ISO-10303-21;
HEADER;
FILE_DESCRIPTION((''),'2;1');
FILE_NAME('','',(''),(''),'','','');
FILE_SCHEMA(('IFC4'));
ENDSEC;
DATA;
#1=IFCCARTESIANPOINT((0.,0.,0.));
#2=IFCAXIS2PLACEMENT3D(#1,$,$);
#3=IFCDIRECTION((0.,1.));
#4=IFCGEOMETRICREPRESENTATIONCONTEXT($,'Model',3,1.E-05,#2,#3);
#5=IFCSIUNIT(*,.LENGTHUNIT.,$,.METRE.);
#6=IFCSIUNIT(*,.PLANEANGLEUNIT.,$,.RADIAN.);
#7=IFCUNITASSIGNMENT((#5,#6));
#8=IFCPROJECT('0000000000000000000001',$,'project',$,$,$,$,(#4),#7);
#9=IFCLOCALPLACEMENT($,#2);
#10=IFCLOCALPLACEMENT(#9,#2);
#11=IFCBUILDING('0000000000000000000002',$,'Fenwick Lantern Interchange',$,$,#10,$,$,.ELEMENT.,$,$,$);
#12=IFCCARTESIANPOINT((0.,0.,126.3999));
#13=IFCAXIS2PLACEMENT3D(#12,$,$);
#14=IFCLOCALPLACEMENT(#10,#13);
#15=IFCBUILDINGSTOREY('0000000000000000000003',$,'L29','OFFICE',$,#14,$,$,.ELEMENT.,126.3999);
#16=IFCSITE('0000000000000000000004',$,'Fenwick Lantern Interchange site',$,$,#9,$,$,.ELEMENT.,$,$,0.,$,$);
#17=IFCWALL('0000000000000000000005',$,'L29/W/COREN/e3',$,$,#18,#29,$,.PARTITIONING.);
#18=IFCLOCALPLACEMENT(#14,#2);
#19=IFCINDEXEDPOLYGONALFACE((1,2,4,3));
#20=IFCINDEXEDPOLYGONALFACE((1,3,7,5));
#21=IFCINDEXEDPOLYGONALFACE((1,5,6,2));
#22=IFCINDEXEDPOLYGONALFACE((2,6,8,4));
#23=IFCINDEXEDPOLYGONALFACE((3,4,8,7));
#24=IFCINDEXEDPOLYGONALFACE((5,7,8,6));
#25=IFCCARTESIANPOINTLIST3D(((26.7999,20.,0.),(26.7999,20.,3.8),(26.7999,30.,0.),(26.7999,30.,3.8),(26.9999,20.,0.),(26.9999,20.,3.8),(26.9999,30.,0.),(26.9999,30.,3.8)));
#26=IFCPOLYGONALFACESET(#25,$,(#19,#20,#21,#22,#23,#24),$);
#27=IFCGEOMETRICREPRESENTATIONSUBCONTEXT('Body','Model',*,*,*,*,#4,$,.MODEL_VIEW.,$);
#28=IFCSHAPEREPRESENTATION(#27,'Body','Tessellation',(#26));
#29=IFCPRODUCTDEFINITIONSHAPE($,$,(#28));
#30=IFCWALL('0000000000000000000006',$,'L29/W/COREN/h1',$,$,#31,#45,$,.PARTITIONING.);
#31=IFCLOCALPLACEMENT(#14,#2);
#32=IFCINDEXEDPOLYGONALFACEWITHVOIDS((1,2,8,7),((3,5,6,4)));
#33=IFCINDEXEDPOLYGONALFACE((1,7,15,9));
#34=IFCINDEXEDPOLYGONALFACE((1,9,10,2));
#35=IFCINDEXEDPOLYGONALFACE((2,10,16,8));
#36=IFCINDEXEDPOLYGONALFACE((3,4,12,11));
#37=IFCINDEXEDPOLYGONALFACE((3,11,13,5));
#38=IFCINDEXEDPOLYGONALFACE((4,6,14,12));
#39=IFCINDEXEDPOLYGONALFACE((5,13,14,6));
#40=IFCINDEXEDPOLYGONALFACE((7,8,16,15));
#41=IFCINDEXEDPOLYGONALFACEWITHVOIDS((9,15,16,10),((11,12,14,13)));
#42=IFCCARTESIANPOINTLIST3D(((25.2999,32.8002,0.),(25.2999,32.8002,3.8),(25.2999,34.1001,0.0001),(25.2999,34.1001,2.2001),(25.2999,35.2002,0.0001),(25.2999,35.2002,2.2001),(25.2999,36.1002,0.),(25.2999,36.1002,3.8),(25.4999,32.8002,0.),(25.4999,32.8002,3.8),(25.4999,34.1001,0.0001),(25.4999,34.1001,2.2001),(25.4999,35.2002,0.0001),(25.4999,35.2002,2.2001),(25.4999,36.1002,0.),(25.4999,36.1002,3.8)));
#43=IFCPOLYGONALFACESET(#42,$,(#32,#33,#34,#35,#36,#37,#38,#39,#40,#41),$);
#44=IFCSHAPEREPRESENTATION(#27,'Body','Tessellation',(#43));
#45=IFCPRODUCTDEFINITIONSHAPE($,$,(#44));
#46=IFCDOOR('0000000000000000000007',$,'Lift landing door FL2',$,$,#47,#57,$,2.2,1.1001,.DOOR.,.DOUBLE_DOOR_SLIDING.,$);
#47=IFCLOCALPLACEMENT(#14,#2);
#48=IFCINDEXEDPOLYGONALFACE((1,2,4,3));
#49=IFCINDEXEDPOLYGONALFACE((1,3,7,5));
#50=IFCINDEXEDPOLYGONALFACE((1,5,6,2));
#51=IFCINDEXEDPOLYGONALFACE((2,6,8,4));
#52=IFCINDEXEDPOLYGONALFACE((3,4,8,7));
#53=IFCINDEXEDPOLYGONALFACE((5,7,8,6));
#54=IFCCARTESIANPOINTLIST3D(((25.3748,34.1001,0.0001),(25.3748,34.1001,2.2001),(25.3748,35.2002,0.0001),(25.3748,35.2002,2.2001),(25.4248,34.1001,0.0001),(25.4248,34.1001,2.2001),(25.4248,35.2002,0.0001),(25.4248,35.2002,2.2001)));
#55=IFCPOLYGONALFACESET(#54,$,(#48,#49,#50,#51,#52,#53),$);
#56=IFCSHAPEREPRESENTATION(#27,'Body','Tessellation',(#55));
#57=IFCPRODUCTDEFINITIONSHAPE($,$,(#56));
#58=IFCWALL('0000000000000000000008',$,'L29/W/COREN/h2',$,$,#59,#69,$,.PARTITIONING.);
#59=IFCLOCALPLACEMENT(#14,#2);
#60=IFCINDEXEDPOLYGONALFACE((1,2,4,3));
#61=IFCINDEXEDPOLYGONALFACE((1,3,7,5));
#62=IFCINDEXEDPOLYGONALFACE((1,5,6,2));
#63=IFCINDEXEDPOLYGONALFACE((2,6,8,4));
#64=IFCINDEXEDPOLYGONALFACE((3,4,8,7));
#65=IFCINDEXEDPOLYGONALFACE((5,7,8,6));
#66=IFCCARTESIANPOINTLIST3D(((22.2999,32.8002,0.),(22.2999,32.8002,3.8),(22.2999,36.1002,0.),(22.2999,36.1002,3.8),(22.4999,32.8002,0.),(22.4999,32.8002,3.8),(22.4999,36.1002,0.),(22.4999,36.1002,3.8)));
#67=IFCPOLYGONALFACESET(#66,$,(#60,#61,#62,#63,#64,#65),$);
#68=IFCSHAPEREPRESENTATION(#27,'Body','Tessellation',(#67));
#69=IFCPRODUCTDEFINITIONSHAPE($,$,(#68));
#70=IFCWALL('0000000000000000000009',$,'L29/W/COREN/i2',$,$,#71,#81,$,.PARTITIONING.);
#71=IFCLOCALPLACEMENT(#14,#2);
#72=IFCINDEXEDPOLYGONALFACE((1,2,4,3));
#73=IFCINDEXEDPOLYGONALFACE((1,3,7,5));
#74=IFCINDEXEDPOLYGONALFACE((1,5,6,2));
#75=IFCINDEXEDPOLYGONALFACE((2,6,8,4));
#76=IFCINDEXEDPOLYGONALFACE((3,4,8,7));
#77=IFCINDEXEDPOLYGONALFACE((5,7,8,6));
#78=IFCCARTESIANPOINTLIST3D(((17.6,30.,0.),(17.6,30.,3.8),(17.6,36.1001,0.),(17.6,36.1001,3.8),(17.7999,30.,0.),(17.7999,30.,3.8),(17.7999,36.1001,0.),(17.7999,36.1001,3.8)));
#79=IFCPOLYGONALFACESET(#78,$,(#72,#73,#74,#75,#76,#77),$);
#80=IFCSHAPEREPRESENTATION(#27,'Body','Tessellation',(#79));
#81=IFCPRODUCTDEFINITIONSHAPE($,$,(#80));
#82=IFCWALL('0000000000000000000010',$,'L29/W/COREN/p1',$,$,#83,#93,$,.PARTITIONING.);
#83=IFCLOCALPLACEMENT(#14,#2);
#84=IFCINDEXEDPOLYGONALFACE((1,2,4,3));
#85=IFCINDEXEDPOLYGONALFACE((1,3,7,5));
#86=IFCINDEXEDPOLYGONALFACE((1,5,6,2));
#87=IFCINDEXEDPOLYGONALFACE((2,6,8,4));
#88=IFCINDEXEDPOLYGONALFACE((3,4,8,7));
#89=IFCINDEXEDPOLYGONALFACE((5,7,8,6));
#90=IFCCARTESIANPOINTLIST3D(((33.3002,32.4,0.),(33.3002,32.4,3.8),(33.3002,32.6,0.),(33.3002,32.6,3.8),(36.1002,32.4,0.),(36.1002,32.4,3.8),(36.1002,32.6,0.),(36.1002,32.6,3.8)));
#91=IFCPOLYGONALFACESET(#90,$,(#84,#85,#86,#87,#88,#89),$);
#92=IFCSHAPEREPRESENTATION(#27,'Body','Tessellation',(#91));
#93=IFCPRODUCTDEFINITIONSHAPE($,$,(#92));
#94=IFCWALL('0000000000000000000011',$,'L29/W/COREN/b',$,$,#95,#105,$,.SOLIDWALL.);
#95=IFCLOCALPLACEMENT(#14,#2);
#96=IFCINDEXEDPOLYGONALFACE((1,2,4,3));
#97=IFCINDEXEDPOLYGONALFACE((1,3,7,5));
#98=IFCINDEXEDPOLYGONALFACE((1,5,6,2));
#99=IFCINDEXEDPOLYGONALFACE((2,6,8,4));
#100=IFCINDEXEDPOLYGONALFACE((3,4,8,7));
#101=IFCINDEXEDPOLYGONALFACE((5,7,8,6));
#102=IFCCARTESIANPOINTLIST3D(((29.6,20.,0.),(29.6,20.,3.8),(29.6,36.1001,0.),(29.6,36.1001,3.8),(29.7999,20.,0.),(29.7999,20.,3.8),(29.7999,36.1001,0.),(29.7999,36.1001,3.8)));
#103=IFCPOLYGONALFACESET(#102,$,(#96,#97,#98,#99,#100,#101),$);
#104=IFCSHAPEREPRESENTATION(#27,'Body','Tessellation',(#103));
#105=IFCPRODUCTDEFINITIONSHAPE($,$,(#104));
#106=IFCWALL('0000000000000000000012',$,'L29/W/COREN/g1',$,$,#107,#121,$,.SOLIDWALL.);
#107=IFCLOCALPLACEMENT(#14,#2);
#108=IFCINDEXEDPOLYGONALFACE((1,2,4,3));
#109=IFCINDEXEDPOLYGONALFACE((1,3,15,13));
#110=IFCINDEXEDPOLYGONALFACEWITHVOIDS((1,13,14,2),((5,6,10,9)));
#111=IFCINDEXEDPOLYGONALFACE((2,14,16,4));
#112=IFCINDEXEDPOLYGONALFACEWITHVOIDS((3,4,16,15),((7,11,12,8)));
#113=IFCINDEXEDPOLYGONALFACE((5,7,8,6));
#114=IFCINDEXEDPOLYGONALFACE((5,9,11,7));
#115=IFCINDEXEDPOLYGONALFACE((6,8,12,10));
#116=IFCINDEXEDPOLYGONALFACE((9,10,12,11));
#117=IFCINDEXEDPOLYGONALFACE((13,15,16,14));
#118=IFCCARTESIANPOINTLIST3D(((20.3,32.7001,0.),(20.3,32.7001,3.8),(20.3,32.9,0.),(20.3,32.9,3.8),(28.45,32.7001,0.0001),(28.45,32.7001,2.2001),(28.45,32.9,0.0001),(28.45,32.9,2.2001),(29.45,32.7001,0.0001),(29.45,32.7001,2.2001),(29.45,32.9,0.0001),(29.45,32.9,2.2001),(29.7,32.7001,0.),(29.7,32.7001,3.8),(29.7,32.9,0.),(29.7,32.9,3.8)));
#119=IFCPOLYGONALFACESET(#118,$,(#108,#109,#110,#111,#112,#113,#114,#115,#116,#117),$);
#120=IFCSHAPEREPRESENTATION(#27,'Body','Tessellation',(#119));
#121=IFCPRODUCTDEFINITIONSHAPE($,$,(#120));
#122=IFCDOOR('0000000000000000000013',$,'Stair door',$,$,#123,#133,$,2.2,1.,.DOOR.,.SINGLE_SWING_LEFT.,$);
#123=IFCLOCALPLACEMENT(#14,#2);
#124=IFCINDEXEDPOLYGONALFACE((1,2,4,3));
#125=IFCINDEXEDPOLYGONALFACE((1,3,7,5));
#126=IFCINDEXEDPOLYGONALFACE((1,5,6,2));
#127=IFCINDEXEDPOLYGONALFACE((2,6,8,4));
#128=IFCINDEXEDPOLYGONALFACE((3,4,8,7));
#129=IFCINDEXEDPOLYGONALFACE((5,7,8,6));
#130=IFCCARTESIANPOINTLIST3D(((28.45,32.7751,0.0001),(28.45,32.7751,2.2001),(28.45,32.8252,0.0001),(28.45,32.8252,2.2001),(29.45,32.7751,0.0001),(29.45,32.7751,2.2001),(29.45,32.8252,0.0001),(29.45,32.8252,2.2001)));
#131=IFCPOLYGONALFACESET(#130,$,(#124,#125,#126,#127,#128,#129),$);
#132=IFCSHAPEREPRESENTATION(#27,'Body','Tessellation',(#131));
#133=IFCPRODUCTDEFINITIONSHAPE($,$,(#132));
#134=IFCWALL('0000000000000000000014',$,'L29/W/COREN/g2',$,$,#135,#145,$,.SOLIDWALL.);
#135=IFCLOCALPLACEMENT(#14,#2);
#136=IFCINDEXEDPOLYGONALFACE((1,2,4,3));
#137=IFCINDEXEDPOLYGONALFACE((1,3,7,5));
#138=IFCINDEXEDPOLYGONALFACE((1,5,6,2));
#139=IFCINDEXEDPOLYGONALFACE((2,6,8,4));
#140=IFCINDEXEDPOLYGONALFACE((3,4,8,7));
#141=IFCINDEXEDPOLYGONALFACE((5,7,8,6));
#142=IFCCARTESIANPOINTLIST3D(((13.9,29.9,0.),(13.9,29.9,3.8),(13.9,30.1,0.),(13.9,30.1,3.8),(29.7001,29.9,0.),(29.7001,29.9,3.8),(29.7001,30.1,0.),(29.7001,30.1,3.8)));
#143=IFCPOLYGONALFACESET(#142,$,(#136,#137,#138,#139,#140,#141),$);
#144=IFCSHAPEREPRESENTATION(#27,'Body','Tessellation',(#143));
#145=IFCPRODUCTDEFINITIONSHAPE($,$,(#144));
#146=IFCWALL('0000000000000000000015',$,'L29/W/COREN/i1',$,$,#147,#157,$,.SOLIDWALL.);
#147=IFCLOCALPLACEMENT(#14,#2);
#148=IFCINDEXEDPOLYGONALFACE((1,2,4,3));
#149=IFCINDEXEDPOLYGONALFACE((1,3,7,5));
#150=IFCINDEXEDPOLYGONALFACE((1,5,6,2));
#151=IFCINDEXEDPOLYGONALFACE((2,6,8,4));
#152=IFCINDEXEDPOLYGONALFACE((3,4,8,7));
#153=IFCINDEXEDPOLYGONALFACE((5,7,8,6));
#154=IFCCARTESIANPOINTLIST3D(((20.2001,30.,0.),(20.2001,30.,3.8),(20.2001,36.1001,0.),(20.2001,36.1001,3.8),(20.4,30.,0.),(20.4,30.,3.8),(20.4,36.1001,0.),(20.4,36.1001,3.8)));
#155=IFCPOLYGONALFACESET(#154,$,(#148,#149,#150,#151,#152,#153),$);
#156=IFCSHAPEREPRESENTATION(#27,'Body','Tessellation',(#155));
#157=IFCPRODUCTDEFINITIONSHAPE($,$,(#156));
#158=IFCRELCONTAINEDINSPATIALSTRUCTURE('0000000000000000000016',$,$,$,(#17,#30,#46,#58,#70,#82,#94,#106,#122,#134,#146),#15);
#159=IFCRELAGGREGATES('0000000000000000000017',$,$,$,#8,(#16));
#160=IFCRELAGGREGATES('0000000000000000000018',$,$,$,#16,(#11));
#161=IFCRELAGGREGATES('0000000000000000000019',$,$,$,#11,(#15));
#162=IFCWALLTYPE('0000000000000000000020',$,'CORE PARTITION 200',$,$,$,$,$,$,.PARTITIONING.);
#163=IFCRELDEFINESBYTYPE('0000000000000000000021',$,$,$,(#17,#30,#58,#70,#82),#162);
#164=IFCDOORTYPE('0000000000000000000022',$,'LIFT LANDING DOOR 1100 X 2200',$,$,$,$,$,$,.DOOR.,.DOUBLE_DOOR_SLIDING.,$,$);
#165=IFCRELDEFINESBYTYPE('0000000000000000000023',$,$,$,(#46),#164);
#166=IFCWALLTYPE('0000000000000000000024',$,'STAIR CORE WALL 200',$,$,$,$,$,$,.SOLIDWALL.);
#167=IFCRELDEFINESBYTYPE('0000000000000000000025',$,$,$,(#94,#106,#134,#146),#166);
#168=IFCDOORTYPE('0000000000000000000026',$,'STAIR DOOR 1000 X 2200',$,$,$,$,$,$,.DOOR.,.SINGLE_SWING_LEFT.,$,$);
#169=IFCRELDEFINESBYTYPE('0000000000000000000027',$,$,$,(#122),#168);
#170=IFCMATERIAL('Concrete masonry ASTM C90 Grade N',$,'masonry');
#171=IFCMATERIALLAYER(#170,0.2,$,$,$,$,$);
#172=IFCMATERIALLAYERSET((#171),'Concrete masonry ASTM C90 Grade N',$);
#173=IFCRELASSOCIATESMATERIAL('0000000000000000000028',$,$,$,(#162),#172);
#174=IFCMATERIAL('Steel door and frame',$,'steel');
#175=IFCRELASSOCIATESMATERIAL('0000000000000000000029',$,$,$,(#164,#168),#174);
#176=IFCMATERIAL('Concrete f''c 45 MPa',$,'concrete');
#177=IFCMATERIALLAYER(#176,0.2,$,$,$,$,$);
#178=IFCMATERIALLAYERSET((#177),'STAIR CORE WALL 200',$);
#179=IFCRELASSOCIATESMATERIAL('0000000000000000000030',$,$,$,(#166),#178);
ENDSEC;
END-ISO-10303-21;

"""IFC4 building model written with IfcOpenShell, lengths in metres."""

from ifc_helpers import new_model, si_unit, direction, frame, frame_2d, origin, place, context, subcontext, project, spatial, rectangle, extrude, material, layer, layer_set, type_object, element, fill, save


model = new_model("IFC4")

# Units and contexts
model_context = context("Model", 3, precision=1e-05, world=origin(), true_north=direction((0.0, 1.0)))
body_context = subcontext(model_context, "Body", "Model", "MODEL_VIEW")
ifc_project = project(units=[si_unit("LENGTHUNIT", "METRE"), si_unit("PLANEANGLEUNIT", "RADIAN")], contexts=[model_context])

# Site, building, storey
site_placement = place(None, origin())
site = spatial("IfcSite", under=ifc_project, at=site_placement, Name="Fenwick Lantern Interchange site", CompositionType="ELEMENT", RefElevation=0.0)
building_placement = place(site_placement, origin())
building = spatial("IfcBuilding", under=site, at=building_placement, Name="Fenwick Lantern Interchange", CompositionType="ELEMENT")
storey_placement = place(building_placement, frame((0.0, 0.0, 126.3999)))
storey = spatial("IfcBuildingStorey", under=building, at=storey_placement, Name="L29", Description="OFFICE", CompositionType="ELEMENT", Elevation=126.3999)

# Wall
ifc_material_1 = material(Name="Concrete masonry ASTM C90 Grade N", Category="masonry")
ifc_layer_1 = layer(ifc_material_1, 0.2)
ifc_layer_set_1 = layer_set([ifc_layer_1], Name="Concrete masonry ASTM C90 Grade N")
wall_type_1 = type_object("IfcWallType", Name="CORE PARTITION 200", PredefinedType="PARTITIONING", material=ifc_layer_set_1)
wall_1_placement = place(storey_placement, frame((26.8999, 30.0, 0.0), z_axis=(0.0, 0.0, 1.0), x_axis=(0.0, -1.0, 0.0)))
element("IfcWall", 1, at=wall_1_placement, inside=storey, type_object=wall_type_1, Name="L29/W/COREN/e3", PredefinedType="PARTITIONING", context=body_context, shape_type="SweptSolid", body=[
    extrude(rectangle(XDim=10.0, YDim=0.2, at=frame_2d((5.0, 0.0))), origin(), (0.0, 0.0, 1.0), 3.8),
])

# Wall, opening, door
wall_2_placement = place(storey_placement, frame((25.3999, 36.1001, 0.0), z_axis=(0.0, 0.0, 1.0), x_axis=(0.0, -1.0, 0.0)))
wall_2 = element("IfcWall", 2, at=wall_2_placement, inside=storey, type_object=wall_type_1, Name="L29/W/COREN/h1", PredefinedType="PARTITIONING", context=body_context, shape_type="SweptSolid", body=[
    extrude(rectangle(XDim=3.3, YDim=0.2, at=frame_2d((1.6499, 0.0))), origin(), (0.0, 0.0, 1.0), 3.8),
])
opening_1_placement = place(wall_2_placement, frame((0.8999, 0.0, 0.0)))
opening_1 = element("IfcOpeningElement", 3, at=opening_1_placement, cuts=wall_2, PredefinedType="OPENING", context=body_context, shape_type="SweptSolid", body=[
    extrude(rectangle(XDim=1.1001, YDim=2.2, at=frame_2d((0.55, 1.1001))), frame((0.0, 0.1099, 0.0), z_axis=(0.0, -1.0, 0.0), x_axis=(1.0, 0.0, 0.0)), (0.0, 0.0, 1.0), 0.22),
])
ifc_material_2 = material(Name="Steel door and frame", Category="steel")
door_type_1 = type_object("IfcDoorType", Name="LIFT LANDING DOOR 1100 X 2200", OperationType="DOUBLE_DOOR_SLIDING", PredefinedType="DOOR", material=ifc_material_2)
door_1_placement = place(opening_1_placement, origin())
door_1 = element("IfcDoor", 4, at=door_1_placement, inside=storey, type_object=door_type_1, Name="Lift landing door FL2", OperationType="DOUBLE_DOOR_SLIDING", OverallHeight=2.2, OverallWidth=1.1001, PredefinedType="DOOR", context=body_context, shape_type="SweptSolid", body=[
    extrude(rectangle(XDim=1.1001, YDim=2.2, at=frame_2d((0.55, 1.1001))), frame((0.0, 0.0249, 0.0), z_axis=(0.0, -1.0, 0.0), x_axis=(1.0, 0.0, 0.0)), (0.0, 0.0, 1.0), 0.05),
])
fill(opening_1, door_1)

# Walls
wall_3_placement = place(storey_placement, frame((22.3999, 36.1001, 0.0), z_axis=(0.0, 0.0, 1.0), x_axis=(0.0, -1.0, 0.0)))
element("IfcWall", 5, at=wall_3_placement, inside=storey, type_object=wall_type_1, Name="L29/W/COREN/h2", PredefinedType="PARTITIONING", context=body_context, shape_type="SweptSolid", body=[
    extrude(rectangle(XDim=3.3, YDim=0.2, at=frame_2d((1.6499, 0.0))), origin(), (0.0, 0.0, 1.0), 3.8),
])
wall_4_placement = place(storey_placement, frame((17.7, 36.1001, 0.0), z_axis=(0.0, 0.0, 1.0), x_axis=(0.0, -1.0, 0.0)))
element("IfcWall", 6, at=wall_4_placement, inside=storey, type_object=wall_type_1, Name="L29/W/COREN/i2", PredefinedType="PARTITIONING", context=body_context, shape_type="SweptSolid", body=[
    extrude(rectangle(XDim=6.1001, YDim=0.2, at=frame_2d((3.05, 0.0))), origin(), (0.0, 0.0, 1.0), 3.8),
])
wall_5_placement = place(storey_placement, frame((36.1001, 32.5, 0.0), z_axis=(0.0, 0.0, 1.0), x_axis=(-1.0, 0.0, 0.0)))
element("IfcWall", 7, at=wall_5_placement, inside=storey, type_object=wall_type_1, Name="L29/W/COREN/p1", PredefinedType="PARTITIONING", context=body_context, shape_type="SweptSolid", body=[
    extrude(rectangle(XDim=2.8, YDim=0.2, at=frame_2d((1.3999, 0.0))), origin(), (0.0, 0.0, 1.0), 3.8),
])

# Wall
ifc_material_3 = material(Name="Concrete f'c 45 MPa", Category="concrete")
ifc_layer_2 = layer(ifc_material_3, 0.2)
ifc_layer_set_2 = layer_set([ifc_layer_2], Name="STAIR CORE WALL 200")
wall_type_2 = type_object("IfcWallType", Name="STAIR CORE WALL 200", PredefinedType="SOLIDWALL", material=ifc_layer_set_2)
wall_6_placement = place(storey_placement, frame((29.7, 36.1001, 0.0), z_axis=(0.0, 0.0, 1.0), x_axis=(0.0, -1.0, 0.0)))
element("IfcWall", 8, at=wall_6_placement, inside=storey, type_object=wall_type_2, Name="L29/W/COREN/b", PredefinedType="SOLIDWALL", context=body_context, shape_type="SweptSolid", body=[
    extrude(rectangle(XDim=16.1001, YDim=0.2, at=frame_2d((8.05, 0.0))), origin(), (0.0, 0.0, 1.0), 3.8),
])

# Wall, opening, door
wall_7_placement = place(storey_placement, frame((29.7, 32.8, 0.0), z_axis=(0.0, 0.0, 1.0), x_axis=(-1.0, 0.0, 0.0)))
wall_7 = element("IfcWall", 9, at=wall_7_placement, inside=storey, type_object=wall_type_2, Name="L29/W/COREN/g1", PredefinedType="SOLIDWALL", context=body_context, shape_type="SweptSolid", body=[
    extrude(rectangle(XDim=9.3999, YDim=0.2, at=frame_2d((4.7, 0.0))), origin(), (0.0, 0.0, 1.0), 3.8),
])
opening_2_placement = place(wall_7_placement, frame((0.25, 0.0, 0.0)))
opening_2 = element("IfcOpeningElement", 10, at=opening_2_placement, cuts=wall_7, PredefinedType="OPENING", context=body_context, shape_type="SweptSolid", body=[
    extrude(rectangle(XDim=1.0, YDim=2.2, at=frame_2d((0.5, 1.1001))), frame((0.0, 0.1099, 0.0), z_axis=(0.0, -1.0, 0.0), x_axis=(1.0, 0.0, 0.0)), (0.0, 0.0, 1.0), 0.22),
])
door_type_2 = type_object("IfcDoorType", Name="STAIR DOOR 1000 X 2200", OperationType="SINGLE_SWING_LEFT", PredefinedType="DOOR", material=ifc_material_2)
door_2_placement = place(opening_2_placement, origin())
door_2 = element("IfcDoor", 11, at=door_2_placement, inside=storey, type_object=door_type_2, Name="Stair door", OperationType="SINGLE_SWING_LEFT", OverallHeight=2.2, OverallWidth=1.0, PredefinedType="DOOR", context=body_context, shape_type="SweptSolid", body=[
    extrude(rectangle(XDim=1.0, YDim=2.2, at=frame_2d((0.5, 1.1001))), frame((0.0, 0.0249, 0.0), z_axis=(0.0, -1.0, 0.0), x_axis=(1.0, 0.0, 0.0)), (0.0, 0.0, 1.0), 0.05),
])
fill(opening_2, door_2)

# Walls
wall_8_placement = place(storey_placement, frame((29.7, 30.0, 0.0), z_axis=(0.0, 0.0, 1.0), x_axis=(-1.0, 0.0, 0.0)))
element("IfcWall", 12, at=wall_8_placement, inside=storey, type_object=wall_type_2, Name="L29/W/COREN/g2", PredefinedType="SOLIDWALL", context=body_context, shape_type="SweptSolid", body=[
    extrude(rectangle(XDim=15.8, YDim=0.2, at=frame_2d((7.8999, 0.0))), origin(), (0.0, 0.0, 1.0), 3.8),
])
wall_9_placement = place(storey_placement, frame((20.3, 36.1001, 0.0), z_axis=(0.0, 0.0, 1.0), x_axis=(0.0, -1.0, 0.0)))
element("IfcWall", 13, at=wall_9_placement, inside=storey, type_object=wall_type_2, Name="L29/W/COREN/i1", PredefinedType="SOLIDWALL", context=body_context, shape_type="SweptSolid", body=[
    extrude(rectangle(XDim=6.1001, YDim=0.2, at=frame_2d((3.05, 0.0))), origin(), (0.0, 0.0, 1.0), 3.8),
])

save(model, "model.ifc")
